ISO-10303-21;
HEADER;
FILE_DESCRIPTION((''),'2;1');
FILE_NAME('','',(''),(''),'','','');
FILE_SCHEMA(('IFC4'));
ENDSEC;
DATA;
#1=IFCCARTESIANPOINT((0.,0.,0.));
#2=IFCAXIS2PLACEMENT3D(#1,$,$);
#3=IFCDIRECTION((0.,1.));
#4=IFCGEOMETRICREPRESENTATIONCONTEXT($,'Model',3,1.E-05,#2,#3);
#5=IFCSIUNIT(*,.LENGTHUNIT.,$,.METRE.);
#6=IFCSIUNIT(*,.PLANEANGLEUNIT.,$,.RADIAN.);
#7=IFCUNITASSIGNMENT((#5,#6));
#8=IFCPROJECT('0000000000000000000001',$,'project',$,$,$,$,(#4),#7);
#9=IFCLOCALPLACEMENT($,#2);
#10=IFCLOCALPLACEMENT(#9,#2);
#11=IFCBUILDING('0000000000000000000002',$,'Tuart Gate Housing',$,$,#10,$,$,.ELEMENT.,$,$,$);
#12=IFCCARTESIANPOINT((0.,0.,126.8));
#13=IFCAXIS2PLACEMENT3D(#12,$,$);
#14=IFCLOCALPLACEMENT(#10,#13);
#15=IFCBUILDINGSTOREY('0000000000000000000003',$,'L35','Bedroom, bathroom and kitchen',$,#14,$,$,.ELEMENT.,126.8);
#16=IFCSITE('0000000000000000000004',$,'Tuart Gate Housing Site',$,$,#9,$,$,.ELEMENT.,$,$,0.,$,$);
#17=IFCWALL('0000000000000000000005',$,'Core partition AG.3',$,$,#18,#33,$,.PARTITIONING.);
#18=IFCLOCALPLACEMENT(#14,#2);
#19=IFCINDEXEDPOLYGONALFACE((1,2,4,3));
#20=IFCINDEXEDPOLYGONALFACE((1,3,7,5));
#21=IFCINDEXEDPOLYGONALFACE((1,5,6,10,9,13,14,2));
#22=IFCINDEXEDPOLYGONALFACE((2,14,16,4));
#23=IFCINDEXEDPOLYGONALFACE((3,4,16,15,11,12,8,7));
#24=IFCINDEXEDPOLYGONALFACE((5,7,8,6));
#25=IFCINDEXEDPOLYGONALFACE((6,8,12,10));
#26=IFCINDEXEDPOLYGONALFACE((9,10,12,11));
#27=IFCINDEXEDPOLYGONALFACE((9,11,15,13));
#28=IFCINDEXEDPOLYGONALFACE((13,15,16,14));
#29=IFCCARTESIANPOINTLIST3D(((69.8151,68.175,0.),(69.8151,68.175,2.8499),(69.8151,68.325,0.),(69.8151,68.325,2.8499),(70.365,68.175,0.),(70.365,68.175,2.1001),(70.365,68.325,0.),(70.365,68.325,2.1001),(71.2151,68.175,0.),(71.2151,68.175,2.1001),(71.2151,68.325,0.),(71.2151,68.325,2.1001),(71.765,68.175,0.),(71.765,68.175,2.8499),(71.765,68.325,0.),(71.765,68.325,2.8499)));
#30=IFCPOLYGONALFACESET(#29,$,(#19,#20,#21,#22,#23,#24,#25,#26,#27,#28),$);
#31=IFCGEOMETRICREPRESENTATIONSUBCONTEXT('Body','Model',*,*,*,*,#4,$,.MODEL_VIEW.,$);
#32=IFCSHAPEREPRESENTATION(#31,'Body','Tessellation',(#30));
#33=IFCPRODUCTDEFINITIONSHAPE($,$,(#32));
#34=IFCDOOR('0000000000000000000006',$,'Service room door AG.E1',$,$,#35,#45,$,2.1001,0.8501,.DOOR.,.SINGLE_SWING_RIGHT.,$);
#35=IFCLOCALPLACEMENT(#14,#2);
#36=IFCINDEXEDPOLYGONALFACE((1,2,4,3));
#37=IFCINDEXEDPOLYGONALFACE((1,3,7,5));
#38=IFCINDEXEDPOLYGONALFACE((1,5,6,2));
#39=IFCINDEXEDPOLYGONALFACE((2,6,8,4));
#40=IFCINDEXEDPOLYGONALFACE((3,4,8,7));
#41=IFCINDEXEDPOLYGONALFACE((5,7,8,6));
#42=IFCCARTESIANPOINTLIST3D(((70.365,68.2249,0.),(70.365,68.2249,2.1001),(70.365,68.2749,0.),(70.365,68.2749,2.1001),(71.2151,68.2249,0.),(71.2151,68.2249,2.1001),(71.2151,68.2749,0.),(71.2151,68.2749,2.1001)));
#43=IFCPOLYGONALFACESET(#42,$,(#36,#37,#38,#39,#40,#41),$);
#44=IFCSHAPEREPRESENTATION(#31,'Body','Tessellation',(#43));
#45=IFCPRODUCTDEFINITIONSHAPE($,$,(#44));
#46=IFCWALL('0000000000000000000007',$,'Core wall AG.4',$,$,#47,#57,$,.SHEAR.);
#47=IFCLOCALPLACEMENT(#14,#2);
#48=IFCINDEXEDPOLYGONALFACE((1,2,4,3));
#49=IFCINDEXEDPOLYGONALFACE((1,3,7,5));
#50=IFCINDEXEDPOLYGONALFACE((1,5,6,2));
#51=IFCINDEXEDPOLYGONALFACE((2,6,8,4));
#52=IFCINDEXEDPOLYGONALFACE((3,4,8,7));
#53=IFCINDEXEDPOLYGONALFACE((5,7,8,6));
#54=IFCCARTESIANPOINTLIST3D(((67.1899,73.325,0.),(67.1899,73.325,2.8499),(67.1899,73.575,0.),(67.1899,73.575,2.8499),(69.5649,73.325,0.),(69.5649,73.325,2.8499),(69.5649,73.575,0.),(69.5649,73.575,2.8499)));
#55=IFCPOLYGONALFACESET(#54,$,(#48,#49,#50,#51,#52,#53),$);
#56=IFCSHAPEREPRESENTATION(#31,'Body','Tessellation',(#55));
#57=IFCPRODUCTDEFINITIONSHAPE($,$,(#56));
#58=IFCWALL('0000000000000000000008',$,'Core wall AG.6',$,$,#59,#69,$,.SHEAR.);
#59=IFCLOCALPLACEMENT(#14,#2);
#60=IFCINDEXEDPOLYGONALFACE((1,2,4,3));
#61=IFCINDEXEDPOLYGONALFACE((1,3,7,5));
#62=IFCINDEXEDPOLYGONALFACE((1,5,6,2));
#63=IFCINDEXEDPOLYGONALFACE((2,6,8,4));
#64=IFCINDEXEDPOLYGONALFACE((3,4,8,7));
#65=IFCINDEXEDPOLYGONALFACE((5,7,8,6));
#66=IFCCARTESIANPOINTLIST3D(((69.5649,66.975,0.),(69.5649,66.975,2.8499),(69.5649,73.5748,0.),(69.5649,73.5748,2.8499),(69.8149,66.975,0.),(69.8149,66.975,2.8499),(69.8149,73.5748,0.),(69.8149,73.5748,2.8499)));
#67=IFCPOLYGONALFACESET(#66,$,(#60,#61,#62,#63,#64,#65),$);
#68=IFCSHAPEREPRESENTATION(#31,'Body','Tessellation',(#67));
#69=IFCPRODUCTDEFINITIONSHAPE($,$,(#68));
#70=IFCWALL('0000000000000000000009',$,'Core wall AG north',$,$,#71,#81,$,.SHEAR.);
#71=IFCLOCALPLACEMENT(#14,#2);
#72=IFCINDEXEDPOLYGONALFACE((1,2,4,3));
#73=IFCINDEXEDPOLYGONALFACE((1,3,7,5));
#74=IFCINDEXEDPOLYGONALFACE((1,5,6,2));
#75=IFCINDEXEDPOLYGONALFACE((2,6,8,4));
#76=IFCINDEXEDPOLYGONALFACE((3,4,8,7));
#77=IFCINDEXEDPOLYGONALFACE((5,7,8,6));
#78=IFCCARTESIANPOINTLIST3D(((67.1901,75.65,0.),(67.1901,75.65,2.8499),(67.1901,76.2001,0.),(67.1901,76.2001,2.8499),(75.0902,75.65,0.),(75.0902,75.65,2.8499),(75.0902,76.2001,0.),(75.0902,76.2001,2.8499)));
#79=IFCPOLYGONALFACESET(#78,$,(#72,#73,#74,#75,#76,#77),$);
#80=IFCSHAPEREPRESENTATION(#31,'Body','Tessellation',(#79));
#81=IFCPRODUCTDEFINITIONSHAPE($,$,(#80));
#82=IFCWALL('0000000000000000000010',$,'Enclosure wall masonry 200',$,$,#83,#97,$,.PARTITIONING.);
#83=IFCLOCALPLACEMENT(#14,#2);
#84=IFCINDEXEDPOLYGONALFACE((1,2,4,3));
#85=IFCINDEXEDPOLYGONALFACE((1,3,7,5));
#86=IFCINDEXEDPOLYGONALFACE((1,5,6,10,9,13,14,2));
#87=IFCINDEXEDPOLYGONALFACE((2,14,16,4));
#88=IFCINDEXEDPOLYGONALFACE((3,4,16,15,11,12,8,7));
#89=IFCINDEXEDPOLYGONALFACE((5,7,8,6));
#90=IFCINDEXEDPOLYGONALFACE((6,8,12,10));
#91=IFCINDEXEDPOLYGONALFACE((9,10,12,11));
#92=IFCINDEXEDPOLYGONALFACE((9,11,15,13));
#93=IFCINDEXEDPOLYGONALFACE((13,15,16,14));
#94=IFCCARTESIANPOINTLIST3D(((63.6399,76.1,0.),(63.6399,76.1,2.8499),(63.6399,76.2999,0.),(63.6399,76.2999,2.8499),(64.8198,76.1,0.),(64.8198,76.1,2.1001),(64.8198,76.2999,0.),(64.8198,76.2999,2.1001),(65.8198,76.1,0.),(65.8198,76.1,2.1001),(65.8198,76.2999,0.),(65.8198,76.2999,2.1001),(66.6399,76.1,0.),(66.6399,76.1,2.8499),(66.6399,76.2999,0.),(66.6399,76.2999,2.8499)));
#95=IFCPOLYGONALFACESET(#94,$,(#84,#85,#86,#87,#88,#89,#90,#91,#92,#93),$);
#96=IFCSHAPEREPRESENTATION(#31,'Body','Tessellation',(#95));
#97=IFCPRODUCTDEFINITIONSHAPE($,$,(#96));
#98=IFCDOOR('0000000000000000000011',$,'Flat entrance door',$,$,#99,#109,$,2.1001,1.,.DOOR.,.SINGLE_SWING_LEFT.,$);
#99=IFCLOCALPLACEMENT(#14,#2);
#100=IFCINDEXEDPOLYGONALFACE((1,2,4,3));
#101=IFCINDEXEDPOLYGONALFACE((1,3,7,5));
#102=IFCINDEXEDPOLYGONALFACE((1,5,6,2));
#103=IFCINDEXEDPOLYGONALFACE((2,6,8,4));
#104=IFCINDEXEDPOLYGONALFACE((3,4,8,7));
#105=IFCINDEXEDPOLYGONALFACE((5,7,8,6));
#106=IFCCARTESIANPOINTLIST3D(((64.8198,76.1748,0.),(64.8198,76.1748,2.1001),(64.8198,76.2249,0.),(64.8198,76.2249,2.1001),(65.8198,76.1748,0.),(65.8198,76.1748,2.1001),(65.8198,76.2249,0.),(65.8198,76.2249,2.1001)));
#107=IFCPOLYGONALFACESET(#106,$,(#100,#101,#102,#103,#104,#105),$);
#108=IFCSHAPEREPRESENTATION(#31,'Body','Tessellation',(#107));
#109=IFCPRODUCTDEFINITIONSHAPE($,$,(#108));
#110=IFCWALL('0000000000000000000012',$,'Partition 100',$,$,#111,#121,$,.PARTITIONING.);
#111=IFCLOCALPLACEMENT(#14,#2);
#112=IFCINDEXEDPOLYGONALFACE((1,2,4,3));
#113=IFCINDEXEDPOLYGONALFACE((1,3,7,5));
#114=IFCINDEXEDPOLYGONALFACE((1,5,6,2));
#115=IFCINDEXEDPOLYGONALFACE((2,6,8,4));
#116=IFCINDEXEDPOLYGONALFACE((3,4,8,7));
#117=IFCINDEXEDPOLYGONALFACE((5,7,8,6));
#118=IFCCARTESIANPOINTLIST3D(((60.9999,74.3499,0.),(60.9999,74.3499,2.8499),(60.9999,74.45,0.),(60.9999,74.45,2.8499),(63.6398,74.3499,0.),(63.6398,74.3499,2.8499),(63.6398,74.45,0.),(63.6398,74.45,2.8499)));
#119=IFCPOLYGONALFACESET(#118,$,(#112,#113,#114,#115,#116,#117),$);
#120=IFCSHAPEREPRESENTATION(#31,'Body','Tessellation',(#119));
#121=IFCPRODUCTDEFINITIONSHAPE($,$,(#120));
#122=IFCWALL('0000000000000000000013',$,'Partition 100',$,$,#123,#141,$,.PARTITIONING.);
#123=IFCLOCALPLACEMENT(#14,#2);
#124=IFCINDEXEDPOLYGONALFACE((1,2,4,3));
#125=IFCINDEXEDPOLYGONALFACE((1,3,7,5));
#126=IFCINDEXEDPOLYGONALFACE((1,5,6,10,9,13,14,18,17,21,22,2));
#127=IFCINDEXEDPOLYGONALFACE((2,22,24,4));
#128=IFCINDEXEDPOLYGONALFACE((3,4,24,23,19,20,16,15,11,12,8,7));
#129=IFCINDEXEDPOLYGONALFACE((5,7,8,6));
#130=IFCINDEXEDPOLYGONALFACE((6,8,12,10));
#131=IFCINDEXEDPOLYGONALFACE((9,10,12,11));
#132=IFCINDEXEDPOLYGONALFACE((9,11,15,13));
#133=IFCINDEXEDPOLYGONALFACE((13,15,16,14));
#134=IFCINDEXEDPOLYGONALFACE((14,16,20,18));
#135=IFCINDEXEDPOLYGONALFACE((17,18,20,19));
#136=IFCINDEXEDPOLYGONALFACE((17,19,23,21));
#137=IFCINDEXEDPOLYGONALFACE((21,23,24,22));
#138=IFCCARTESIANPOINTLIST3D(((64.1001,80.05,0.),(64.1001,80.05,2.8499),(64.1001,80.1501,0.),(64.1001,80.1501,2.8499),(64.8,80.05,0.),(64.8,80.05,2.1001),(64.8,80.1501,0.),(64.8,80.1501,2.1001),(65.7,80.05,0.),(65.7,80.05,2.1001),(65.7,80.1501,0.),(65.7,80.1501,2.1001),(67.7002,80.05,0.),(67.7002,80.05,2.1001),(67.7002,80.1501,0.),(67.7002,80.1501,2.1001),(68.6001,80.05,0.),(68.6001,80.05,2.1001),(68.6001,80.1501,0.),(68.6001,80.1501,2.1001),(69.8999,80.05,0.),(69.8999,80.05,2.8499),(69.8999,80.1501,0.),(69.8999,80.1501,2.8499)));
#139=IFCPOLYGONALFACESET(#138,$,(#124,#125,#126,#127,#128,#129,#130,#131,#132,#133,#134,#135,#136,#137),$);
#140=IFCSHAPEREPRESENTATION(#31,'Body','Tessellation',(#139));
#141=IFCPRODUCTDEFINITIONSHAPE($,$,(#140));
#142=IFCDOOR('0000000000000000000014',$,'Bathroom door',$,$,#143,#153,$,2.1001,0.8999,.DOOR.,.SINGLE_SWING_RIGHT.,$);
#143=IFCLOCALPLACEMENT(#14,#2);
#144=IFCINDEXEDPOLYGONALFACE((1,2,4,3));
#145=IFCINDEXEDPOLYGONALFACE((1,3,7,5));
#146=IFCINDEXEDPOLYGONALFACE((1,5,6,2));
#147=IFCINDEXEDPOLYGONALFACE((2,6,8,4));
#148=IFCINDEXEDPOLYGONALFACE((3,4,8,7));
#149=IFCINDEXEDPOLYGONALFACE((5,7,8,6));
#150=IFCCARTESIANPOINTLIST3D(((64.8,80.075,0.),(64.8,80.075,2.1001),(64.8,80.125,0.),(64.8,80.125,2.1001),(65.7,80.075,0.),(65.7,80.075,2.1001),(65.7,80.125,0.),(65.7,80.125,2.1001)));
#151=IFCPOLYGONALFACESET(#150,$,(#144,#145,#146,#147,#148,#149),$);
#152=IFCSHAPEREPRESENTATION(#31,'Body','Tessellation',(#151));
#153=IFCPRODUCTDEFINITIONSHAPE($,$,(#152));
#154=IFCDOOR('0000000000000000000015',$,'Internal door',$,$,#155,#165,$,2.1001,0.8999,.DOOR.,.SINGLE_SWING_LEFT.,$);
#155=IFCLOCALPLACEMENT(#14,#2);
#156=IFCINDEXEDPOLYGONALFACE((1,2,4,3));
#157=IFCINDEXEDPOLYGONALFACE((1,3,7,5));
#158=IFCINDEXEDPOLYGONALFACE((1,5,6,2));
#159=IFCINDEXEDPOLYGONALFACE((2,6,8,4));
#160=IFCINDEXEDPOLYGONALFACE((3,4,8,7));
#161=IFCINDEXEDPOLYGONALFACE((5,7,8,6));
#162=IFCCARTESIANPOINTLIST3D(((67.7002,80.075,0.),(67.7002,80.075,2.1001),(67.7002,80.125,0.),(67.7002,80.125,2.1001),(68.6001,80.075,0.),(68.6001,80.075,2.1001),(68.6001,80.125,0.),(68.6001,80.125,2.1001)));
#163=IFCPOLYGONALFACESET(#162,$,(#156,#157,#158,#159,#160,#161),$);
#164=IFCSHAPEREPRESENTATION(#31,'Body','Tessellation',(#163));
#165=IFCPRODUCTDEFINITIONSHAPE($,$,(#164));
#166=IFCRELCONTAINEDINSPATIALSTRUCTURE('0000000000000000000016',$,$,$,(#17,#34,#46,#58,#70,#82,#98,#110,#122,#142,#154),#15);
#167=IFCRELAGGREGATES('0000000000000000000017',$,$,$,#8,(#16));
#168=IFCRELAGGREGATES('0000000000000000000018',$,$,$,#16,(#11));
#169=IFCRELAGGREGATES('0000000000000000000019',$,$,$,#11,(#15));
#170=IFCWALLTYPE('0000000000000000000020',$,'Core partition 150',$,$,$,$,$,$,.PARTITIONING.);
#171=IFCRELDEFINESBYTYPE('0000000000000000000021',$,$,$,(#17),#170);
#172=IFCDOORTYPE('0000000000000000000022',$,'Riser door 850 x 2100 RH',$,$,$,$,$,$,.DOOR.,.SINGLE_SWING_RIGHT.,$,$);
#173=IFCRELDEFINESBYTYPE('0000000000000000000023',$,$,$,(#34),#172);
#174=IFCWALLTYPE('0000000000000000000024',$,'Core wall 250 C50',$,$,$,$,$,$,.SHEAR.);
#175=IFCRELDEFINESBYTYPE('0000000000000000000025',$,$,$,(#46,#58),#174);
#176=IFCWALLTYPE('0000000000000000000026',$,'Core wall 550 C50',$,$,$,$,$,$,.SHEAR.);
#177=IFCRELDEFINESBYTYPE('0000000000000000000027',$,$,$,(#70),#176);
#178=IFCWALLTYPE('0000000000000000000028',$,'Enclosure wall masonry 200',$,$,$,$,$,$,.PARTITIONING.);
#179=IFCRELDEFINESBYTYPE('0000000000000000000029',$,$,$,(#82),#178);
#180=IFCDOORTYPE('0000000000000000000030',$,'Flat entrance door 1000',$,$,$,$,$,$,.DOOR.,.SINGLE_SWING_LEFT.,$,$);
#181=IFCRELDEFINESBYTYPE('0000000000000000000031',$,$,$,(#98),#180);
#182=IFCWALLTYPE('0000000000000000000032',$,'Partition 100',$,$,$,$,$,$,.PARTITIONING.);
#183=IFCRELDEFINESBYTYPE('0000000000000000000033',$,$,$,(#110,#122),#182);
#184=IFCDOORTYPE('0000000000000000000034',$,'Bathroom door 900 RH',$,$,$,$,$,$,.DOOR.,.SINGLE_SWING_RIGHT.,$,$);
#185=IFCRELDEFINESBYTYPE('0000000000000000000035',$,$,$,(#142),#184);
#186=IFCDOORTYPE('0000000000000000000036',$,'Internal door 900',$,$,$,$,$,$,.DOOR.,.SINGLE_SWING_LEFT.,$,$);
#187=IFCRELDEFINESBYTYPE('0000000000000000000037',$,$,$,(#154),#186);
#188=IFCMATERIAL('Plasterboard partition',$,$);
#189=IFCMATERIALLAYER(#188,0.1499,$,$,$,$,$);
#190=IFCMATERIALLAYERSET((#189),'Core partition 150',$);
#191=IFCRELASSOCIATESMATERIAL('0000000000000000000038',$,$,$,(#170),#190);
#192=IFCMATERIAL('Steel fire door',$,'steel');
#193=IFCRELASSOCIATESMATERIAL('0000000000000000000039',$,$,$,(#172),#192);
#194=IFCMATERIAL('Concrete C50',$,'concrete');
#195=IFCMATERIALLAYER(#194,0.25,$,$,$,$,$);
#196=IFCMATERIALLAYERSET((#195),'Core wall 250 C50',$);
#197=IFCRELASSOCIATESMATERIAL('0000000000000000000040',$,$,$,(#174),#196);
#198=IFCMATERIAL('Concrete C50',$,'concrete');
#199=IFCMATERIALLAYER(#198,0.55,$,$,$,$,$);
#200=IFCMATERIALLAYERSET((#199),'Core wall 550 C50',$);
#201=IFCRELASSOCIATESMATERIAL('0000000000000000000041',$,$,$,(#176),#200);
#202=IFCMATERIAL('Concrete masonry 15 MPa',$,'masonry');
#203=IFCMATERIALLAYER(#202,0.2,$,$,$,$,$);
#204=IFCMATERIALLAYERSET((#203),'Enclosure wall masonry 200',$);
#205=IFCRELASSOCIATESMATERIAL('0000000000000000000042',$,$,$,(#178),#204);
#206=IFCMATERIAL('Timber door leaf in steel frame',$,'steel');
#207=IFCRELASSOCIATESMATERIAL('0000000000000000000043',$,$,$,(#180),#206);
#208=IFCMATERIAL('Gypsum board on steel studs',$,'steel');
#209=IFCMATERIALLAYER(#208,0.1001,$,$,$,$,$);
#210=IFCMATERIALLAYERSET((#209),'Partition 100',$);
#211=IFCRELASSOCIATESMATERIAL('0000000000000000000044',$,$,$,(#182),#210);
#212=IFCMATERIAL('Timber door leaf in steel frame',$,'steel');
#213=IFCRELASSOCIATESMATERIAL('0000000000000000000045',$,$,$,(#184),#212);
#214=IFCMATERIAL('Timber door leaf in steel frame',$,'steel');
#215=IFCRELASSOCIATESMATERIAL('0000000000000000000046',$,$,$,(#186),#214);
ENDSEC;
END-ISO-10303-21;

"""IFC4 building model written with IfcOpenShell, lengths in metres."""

from ifc_helpers import new_model, si_unit, direction, frame, frame_2d, origin, place, context, subcontext, project, spatial, rectangle, extrude, material, layer, layer_set, type_object, element, fill, save


model = new_model("IFC4")

# Units and contexts
model_context = context("Model", 3, precision=1e-05, world=origin(), true_north=direction((0.0, 1.0)))
body_context = subcontext(model_context, "Body", "Model", "MODEL_VIEW")
ifc_project = project(units=[si_unit("LENGTHUNIT", "METRE"), si_unit("PLANEANGLEUNIT", "RADIAN")], contexts=[model_context])

# Site, building, storey
site_placement = place(None, origin())
site = spatial("IfcSite", under=ifc_project, at=site_placement, Name="Tuart Gate Housing Site", CompositionType="ELEMENT", RefElevation=0.0)
building_placement = place(site_placement, origin())
building = spatial("IfcBuilding", under=site, at=building_placement, Name="Tuart Gate Housing", CompositionType="ELEMENT")
storey_placement = place(building_placement, frame((0.0, 0.0, 126.8)))
storey = spatial("IfcBuildingStorey", under=building, at=storey_placement, Name="L35", Description="Bedroom, bathroom and kitchen", CompositionType="ELEMENT", Elevation=126.8)

# Wall, opening, door
ifc_material_1 = material(Name="Plasterboard partition")
ifc_layer_1 = layer(ifc_material_1, 0.1499)
ifc_layer_set_1 = layer_set([ifc_layer_1], Name="Core partition 150")
wall_type_1 = type_object("IfcWallType", Name="Core partition 150", PredefinedType="PARTITIONING", material=ifc_layer_set_1)
wall_1_placement = place(storey_placement, frame((69.8149, 68.25, 0.0), z_axis=(0.0, 0.0, 1.0), x_axis=(1.0, 0.0, 0.0)))
wall_1 = element("IfcWall", 1, at=wall_1_placement, inside=storey, type_object=wall_type_1, Name="Core partition AG.3", PredefinedType="PARTITIONING", context=body_context, shape_type="SweptSolid", body=[
    extrude(rectangle(XDim=1.95, YDim=0.1499, at=frame_2d((0.9751, 0.0))), origin(), (0.0, 0.0, 1.0), 2.8499),
])
opening_1_placement = place(wall_1_placement, frame((0.55, 0.0, 0.0)))
opening_1 = element("IfcOpeningElement", 2, at=opening_1_placement, cuts=wall_1, PredefinedType="OPENING", context=body_context, shape_type="SweptSolid", body=[
    extrude(rectangle(XDim=0.8501, YDim=2.1001, at=frame_2d((0.425, 1.05))), frame((0.0, 0.085, 0.0), z_axis=(0.0, -1.0, 0.0), x_axis=(1.0, 0.0, 0.0)), (0.0, 0.0, 1.0), 0.1699),
])
ifc_material_2 = material(Name="Steel fire door", Category="steel")
door_type_1 = type_object("IfcDoorType", Name="Riser door 850 x 2100 RH", OperationType="SINGLE_SWING_RIGHT", PredefinedType="DOOR", material=ifc_material_2)
door_1_placement = place(opening_1_placement, frame((0.8501, 0.0, 0.0), z_axis=(0.0, 0.0, 1.0), x_axis=(-1.0, 0.0, 0.0)))
door_1 = element("IfcDoor", 3, at=door_1_placement, inside=storey, type_object=door_type_1, Name="Service room door AG.E1", OperationType="SINGLE_SWING_RIGHT", OverallHeight=2.1001, OverallWidth=0.8501, PredefinedType="DOOR", context=body_context, shape_type="SweptSolid", body=[
    extrude(rectangle(XDim=0.8501, YDim=2.1001, at=frame_2d((0.425, 1.05))), frame((0.0, 0.0251, 0.0), z_axis=(0.0, -1.0, 0.0), x_axis=(1.0, 0.0, 0.0)), (0.0, 0.0, 1.0), 0.05),
])
fill(opening_1, door_1)

# Walls
ifc_material_3 = material(Name="Concrete C50", Category="concrete")
ifc_layer_2 = layer(ifc_material_3, 0.25)
ifc_layer_set_2 = layer_set([ifc_layer_2], Name="Core wall 250 C50")
wall_type_2 = type_object("IfcWallType", Name="Core wall 250 C50", PredefinedType="SHEAR", material=ifc_layer_set_2)
wall_2_placement = place(storey_placement, frame((67.1899, 73.45, 0.0), z_axis=(0.0, 0.0, 1.0), x_axis=(1.0, 0.0, 0.0)))
element("IfcWall", 4, at=wall_2_placement, inside=storey, type_object=wall_type_2, Name="Core wall AG.4", PredefinedType="SHEAR", context=body_context, shape_type="SweptSolid", body=[
    extrude(rectangle(XDim=2.375, YDim=0.25, at=frame_2d((1.1875, 0.0))), origin(), (0.0, 0.0, 1.0), 2.8499),
])
wall_3_placement = place(storey_placement, frame((69.6899, 66.9751, 0.0), z_axis=(0.0, 0.0, 1.0), x_axis=(0.0, 1.0, 0.0)))
element("IfcWall", 5, at=wall_3_placement, inside=storey, type_object=wall_type_2, Name="Core wall AG.6", PredefinedType="SHEAR", context=body_context, shape_type="SweptSolid", body=[
    extrude(rectangle(XDim=6.5999, YDim=0.25, at=frame_2d((3.2998, 0.0))), origin(), (0.0, 0.0, 1.0), 2.8499),
])
ifc_material_4 = material(Name="Concrete C50", Category="concrete")
ifc_layer_3 = layer(ifc_material_4, 0.55)
ifc_layer_set_3 = layer_set([ifc_layer_3], Name="Core wall 550 C50")
wall_type_3 = type_object("IfcWallType", Name="Core wall 550 C50", PredefinedType="SHEAR", material=ifc_layer_set_3)
wall_4_placement = place(storey_placement, frame((67.1899, 75.925, 0.0), z_axis=(0.0, 0.0, 1.0), x_axis=(1.0, 0.0, 0.0)))
element("IfcWall", 6, at=wall_4_placement, inside=storey, type_object=wall_type_3, Name="Core wall AG north", PredefinedType="SHEAR", context=body_context, shape_type="SweptSolid", body=[
    extrude(rectangle(XDim=7.9001, YDim=0.55, at=frame_2d((3.9502, 0.0))), origin(), (0.0, 0.0, 1.0), 2.8499),
])

# Wall, opening, door
ifc_material_5 = material(Name="Concrete masonry 15 MPa", Category="masonry")
ifc_layer_4 = layer(ifc_material_5, 0.2)
ifc_layer_set_4 = layer_set([ifc_layer_4], Name="Enclosure wall masonry 200")
wall_type_4 = type_object("IfcWallType", Name="Enclosure wall masonry 200", PredefinedType="PARTITIONING", material=ifc_layer_set_4)
wall_5_placement = place(storey_placement, frame((63.6399, 76.2, 0.0), z_axis=(0.0, 0.0, 1.0), x_axis=(1.0, 0.0, 0.0)))
wall_5 = element("IfcWall", 7, at=wall_5_placement, inside=storey, type_object=wall_type_4, Name="Enclosure wall masonry 200", PredefinedType="PARTITIONING", context=body_context, shape_type="SweptSolid", body=[
    extrude(rectangle(XDim=3.0, YDim=0.2, at=frame_2d((1.5, 0.0))), origin(), (0.0, 0.0, 1.0), 2.8499),
])
opening_2_placement = place(wall_5_placement, frame((1.1799, 0.0, 0.0)))
opening_2 = element("IfcOpeningElement", 8, at=opening_2_placement, cuts=wall_5, PredefinedType="OPENING", context=body_context, shape_type="SweptSolid", body=[
    extrude(rectangle(XDim=1.0, YDim=2.1001, at=frame_2d((0.5, 1.05))), frame((0.0, 0.1099, 0.0), z_axis=(0.0, -1.0, 0.0), x_axis=(1.0, 0.0, 0.0)), (0.0, 0.0, 1.0), 0.22),
])
ifc_material_6 = material(Name="Timber door leaf in steel frame", Category="steel")
door_type_2 = type_object("IfcDoorType", Name="Flat entrance door 1000", OperationType="SINGLE_SWING_LEFT", PredefinedType="DOOR", material=ifc_material_6)
door_2_placement = place(opening_2_placement, origin())
door_2 = element("IfcDoor", 9, at=door_2_placement, inside=storey, type_object=door_type_2, Name="Flat entrance door", OperationType="SINGLE_SWING_LEFT", OverallHeight=2.1001, OverallWidth=1.0, PredefinedType="DOOR", context=body_context, shape_type="SweptSolid", body=[
    extrude(rectangle(XDim=1.0, YDim=2.1001, at=frame_2d((0.5, 1.05))), frame((0.0, 0.0249, 0.0), z_axis=(0.0, -1.0, 0.0), x_axis=(1.0, 0.0, 0.0)), (0.0, 0.0, 1.0), 0.05),
])
fill(opening_2, door_2)

# Wall
ifc_material_7 = material(Name="Gypsum board on steel studs", Category="steel")
ifc_layer_5 = layer(ifc_material_7, 0.1001)
ifc_layer_set_5 = layer_set([ifc_layer_5], Name="Partition 100")
wall_type_5 = type_object("IfcWallType", Name="Partition 100", PredefinedType="PARTITIONING", material=ifc_layer_set_5)
wall_6_placement = place(storey_placement, frame((61.0, 74.3999, 0.0), z_axis=(0.0, 0.0, 1.0), x_axis=(1.0, 0.0, 0.0)))
element("IfcWall", 10, at=wall_6_placement, inside=storey, type_object=wall_type_5, Name="Partition 100", PredefinedType="PARTITIONING", context=body_context, shape_type="SweptSolid", body=[
    extrude(rectangle(XDim=2.6399, YDim=0.1001, at=frame_2d((1.3198, 0.0))), origin(), (0.0, 0.0, 1.0), 2.8499),
])

# Wall, openings, doors
wall_7_placement = place(storey_placement, frame((64.1001, 80.1001, 0.0), z_axis=(0.0, 0.0, 1.0), x_axis=(1.0, 0.0, 0.0)))
wall_7 = element("IfcWall", 11, at=wall_7_placement, inside=storey, type_object=wall_type_5, Name="Partition 100", PredefinedType="PARTITIONING", context=body_context, shape_type="SweptSolid", body=[
    extrude(rectangle(XDim=5.7998, YDim=0.1001, at=frame_2d((2.8999, 0.0))), origin(), (0.0, 0.0, 1.0), 2.8499),
])
opening_3_placement = place(wall_7_placement, frame((3.6001, 0.0, 0.0)))
opening_3 = element("IfcOpeningElement", 12, at=opening_3_placement, cuts=wall_7, PredefinedType="OPENING", context=body_context, shape_type="SweptSolid", body=[
    extrude(rectangle(XDim=0.8999, YDim=2.1001, at=frame_2d((0.45, 1.05))), frame((0.0, 0.0601, 0.0), z_axis=(0.0, -1.0, 0.0), x_axis=(1.0, 0.0, 0.0)), (0.0, 0.0, 1.0), 0.1201),
])
opening_4_placement = place(wall_7_placement, frame((0.7, 0.0, 0.0)))
opening_4 = element("IfcOpeningElement", 13, at=opening_4_placement, cuts=wall_7, PredefinedType="OPENING", context=body_context, shape_type="SweptSolid", body=[
    extrude(rectangle(XDim=0.8999, YDim=2.1001, at=frame_2d((0.45, 1.05))), frame((0.0, 0.0601, 0.0), z_axis=(0.0, -1.0, 0.0), x_axis=(1.0, 0.0, 0.0)), (0.0, 0.0, 1.0), 0.1201),
])
ifc_material_8 = material(Name="Timber door leaf in steel frame", Category="steel")
door_type_3 = type_object("IfcDoorType", Name="Bathroom door 900 RH", OperationType="SINGLE_SWING_RIGHT", PredefinedType="DOOR", material=ifc_material_8)
door_3_placement = place(opening_4_placement, origin())
door_3 = element("IfcDoor", 14, at=door_3_placement, inside=storey, type_object=door_type_3, Name="Bathroom door", OperationType="SINGLE_SWING_RIGHT", OverallHeight=2.1001, OverallWidth=0.8999, PredefinedType="DOOR", context=body_context, shape_type="SweptSolid", body=[
    extrude(rectangle(XDim=0.8999, YDim=2.1001, at=frame_2d((0.45, 1.05))), frame((0.0, 0.0249, 0.0), z_axis=(0.0, -1.0, 0.0), x_axis=(1.0, 0.0, 0.0)), (0.0, 0.0, 1.0), 0.05),
])
fill(opening_4, door_3)
ifc_material_9 = material(Name="Timber door leaf in steel frame", Category="steel")
door_type_4 = type_object("IfcDoorType", Name="Internal door 900", OperationType="SINGLE_SWING_LEFT", PredefinedType="DOOR", material=ifc_material_9)
door_4_placement = place(opening_3_placement, origin())
door_4 = element("IfcDoor", 15, at=door_4_placement, inside=storey, type_object=door_type_4, Name="Internal door", OperationType="SINGLE_SWING_LEFT", OverallHeight=2.1001, OverallWidth=0.8999, PredefinedType="DOOR", context=body_context, shape_type="SweptSolid", body=[
    extrude(rectangle(XDim=0.8999, YDim=2.1001, at=frame_2d((0.45, 1.05))), frame((0.0, 0.0249, 0.0), z_axis=(0.0, -1.0, 0.0), x_axis=(1.0, 0.0, 0.0)), (0.0, 0.0, 1.0), 0.05),
])
fill(opening_3, door_4)

save(model, "model.ifc")
